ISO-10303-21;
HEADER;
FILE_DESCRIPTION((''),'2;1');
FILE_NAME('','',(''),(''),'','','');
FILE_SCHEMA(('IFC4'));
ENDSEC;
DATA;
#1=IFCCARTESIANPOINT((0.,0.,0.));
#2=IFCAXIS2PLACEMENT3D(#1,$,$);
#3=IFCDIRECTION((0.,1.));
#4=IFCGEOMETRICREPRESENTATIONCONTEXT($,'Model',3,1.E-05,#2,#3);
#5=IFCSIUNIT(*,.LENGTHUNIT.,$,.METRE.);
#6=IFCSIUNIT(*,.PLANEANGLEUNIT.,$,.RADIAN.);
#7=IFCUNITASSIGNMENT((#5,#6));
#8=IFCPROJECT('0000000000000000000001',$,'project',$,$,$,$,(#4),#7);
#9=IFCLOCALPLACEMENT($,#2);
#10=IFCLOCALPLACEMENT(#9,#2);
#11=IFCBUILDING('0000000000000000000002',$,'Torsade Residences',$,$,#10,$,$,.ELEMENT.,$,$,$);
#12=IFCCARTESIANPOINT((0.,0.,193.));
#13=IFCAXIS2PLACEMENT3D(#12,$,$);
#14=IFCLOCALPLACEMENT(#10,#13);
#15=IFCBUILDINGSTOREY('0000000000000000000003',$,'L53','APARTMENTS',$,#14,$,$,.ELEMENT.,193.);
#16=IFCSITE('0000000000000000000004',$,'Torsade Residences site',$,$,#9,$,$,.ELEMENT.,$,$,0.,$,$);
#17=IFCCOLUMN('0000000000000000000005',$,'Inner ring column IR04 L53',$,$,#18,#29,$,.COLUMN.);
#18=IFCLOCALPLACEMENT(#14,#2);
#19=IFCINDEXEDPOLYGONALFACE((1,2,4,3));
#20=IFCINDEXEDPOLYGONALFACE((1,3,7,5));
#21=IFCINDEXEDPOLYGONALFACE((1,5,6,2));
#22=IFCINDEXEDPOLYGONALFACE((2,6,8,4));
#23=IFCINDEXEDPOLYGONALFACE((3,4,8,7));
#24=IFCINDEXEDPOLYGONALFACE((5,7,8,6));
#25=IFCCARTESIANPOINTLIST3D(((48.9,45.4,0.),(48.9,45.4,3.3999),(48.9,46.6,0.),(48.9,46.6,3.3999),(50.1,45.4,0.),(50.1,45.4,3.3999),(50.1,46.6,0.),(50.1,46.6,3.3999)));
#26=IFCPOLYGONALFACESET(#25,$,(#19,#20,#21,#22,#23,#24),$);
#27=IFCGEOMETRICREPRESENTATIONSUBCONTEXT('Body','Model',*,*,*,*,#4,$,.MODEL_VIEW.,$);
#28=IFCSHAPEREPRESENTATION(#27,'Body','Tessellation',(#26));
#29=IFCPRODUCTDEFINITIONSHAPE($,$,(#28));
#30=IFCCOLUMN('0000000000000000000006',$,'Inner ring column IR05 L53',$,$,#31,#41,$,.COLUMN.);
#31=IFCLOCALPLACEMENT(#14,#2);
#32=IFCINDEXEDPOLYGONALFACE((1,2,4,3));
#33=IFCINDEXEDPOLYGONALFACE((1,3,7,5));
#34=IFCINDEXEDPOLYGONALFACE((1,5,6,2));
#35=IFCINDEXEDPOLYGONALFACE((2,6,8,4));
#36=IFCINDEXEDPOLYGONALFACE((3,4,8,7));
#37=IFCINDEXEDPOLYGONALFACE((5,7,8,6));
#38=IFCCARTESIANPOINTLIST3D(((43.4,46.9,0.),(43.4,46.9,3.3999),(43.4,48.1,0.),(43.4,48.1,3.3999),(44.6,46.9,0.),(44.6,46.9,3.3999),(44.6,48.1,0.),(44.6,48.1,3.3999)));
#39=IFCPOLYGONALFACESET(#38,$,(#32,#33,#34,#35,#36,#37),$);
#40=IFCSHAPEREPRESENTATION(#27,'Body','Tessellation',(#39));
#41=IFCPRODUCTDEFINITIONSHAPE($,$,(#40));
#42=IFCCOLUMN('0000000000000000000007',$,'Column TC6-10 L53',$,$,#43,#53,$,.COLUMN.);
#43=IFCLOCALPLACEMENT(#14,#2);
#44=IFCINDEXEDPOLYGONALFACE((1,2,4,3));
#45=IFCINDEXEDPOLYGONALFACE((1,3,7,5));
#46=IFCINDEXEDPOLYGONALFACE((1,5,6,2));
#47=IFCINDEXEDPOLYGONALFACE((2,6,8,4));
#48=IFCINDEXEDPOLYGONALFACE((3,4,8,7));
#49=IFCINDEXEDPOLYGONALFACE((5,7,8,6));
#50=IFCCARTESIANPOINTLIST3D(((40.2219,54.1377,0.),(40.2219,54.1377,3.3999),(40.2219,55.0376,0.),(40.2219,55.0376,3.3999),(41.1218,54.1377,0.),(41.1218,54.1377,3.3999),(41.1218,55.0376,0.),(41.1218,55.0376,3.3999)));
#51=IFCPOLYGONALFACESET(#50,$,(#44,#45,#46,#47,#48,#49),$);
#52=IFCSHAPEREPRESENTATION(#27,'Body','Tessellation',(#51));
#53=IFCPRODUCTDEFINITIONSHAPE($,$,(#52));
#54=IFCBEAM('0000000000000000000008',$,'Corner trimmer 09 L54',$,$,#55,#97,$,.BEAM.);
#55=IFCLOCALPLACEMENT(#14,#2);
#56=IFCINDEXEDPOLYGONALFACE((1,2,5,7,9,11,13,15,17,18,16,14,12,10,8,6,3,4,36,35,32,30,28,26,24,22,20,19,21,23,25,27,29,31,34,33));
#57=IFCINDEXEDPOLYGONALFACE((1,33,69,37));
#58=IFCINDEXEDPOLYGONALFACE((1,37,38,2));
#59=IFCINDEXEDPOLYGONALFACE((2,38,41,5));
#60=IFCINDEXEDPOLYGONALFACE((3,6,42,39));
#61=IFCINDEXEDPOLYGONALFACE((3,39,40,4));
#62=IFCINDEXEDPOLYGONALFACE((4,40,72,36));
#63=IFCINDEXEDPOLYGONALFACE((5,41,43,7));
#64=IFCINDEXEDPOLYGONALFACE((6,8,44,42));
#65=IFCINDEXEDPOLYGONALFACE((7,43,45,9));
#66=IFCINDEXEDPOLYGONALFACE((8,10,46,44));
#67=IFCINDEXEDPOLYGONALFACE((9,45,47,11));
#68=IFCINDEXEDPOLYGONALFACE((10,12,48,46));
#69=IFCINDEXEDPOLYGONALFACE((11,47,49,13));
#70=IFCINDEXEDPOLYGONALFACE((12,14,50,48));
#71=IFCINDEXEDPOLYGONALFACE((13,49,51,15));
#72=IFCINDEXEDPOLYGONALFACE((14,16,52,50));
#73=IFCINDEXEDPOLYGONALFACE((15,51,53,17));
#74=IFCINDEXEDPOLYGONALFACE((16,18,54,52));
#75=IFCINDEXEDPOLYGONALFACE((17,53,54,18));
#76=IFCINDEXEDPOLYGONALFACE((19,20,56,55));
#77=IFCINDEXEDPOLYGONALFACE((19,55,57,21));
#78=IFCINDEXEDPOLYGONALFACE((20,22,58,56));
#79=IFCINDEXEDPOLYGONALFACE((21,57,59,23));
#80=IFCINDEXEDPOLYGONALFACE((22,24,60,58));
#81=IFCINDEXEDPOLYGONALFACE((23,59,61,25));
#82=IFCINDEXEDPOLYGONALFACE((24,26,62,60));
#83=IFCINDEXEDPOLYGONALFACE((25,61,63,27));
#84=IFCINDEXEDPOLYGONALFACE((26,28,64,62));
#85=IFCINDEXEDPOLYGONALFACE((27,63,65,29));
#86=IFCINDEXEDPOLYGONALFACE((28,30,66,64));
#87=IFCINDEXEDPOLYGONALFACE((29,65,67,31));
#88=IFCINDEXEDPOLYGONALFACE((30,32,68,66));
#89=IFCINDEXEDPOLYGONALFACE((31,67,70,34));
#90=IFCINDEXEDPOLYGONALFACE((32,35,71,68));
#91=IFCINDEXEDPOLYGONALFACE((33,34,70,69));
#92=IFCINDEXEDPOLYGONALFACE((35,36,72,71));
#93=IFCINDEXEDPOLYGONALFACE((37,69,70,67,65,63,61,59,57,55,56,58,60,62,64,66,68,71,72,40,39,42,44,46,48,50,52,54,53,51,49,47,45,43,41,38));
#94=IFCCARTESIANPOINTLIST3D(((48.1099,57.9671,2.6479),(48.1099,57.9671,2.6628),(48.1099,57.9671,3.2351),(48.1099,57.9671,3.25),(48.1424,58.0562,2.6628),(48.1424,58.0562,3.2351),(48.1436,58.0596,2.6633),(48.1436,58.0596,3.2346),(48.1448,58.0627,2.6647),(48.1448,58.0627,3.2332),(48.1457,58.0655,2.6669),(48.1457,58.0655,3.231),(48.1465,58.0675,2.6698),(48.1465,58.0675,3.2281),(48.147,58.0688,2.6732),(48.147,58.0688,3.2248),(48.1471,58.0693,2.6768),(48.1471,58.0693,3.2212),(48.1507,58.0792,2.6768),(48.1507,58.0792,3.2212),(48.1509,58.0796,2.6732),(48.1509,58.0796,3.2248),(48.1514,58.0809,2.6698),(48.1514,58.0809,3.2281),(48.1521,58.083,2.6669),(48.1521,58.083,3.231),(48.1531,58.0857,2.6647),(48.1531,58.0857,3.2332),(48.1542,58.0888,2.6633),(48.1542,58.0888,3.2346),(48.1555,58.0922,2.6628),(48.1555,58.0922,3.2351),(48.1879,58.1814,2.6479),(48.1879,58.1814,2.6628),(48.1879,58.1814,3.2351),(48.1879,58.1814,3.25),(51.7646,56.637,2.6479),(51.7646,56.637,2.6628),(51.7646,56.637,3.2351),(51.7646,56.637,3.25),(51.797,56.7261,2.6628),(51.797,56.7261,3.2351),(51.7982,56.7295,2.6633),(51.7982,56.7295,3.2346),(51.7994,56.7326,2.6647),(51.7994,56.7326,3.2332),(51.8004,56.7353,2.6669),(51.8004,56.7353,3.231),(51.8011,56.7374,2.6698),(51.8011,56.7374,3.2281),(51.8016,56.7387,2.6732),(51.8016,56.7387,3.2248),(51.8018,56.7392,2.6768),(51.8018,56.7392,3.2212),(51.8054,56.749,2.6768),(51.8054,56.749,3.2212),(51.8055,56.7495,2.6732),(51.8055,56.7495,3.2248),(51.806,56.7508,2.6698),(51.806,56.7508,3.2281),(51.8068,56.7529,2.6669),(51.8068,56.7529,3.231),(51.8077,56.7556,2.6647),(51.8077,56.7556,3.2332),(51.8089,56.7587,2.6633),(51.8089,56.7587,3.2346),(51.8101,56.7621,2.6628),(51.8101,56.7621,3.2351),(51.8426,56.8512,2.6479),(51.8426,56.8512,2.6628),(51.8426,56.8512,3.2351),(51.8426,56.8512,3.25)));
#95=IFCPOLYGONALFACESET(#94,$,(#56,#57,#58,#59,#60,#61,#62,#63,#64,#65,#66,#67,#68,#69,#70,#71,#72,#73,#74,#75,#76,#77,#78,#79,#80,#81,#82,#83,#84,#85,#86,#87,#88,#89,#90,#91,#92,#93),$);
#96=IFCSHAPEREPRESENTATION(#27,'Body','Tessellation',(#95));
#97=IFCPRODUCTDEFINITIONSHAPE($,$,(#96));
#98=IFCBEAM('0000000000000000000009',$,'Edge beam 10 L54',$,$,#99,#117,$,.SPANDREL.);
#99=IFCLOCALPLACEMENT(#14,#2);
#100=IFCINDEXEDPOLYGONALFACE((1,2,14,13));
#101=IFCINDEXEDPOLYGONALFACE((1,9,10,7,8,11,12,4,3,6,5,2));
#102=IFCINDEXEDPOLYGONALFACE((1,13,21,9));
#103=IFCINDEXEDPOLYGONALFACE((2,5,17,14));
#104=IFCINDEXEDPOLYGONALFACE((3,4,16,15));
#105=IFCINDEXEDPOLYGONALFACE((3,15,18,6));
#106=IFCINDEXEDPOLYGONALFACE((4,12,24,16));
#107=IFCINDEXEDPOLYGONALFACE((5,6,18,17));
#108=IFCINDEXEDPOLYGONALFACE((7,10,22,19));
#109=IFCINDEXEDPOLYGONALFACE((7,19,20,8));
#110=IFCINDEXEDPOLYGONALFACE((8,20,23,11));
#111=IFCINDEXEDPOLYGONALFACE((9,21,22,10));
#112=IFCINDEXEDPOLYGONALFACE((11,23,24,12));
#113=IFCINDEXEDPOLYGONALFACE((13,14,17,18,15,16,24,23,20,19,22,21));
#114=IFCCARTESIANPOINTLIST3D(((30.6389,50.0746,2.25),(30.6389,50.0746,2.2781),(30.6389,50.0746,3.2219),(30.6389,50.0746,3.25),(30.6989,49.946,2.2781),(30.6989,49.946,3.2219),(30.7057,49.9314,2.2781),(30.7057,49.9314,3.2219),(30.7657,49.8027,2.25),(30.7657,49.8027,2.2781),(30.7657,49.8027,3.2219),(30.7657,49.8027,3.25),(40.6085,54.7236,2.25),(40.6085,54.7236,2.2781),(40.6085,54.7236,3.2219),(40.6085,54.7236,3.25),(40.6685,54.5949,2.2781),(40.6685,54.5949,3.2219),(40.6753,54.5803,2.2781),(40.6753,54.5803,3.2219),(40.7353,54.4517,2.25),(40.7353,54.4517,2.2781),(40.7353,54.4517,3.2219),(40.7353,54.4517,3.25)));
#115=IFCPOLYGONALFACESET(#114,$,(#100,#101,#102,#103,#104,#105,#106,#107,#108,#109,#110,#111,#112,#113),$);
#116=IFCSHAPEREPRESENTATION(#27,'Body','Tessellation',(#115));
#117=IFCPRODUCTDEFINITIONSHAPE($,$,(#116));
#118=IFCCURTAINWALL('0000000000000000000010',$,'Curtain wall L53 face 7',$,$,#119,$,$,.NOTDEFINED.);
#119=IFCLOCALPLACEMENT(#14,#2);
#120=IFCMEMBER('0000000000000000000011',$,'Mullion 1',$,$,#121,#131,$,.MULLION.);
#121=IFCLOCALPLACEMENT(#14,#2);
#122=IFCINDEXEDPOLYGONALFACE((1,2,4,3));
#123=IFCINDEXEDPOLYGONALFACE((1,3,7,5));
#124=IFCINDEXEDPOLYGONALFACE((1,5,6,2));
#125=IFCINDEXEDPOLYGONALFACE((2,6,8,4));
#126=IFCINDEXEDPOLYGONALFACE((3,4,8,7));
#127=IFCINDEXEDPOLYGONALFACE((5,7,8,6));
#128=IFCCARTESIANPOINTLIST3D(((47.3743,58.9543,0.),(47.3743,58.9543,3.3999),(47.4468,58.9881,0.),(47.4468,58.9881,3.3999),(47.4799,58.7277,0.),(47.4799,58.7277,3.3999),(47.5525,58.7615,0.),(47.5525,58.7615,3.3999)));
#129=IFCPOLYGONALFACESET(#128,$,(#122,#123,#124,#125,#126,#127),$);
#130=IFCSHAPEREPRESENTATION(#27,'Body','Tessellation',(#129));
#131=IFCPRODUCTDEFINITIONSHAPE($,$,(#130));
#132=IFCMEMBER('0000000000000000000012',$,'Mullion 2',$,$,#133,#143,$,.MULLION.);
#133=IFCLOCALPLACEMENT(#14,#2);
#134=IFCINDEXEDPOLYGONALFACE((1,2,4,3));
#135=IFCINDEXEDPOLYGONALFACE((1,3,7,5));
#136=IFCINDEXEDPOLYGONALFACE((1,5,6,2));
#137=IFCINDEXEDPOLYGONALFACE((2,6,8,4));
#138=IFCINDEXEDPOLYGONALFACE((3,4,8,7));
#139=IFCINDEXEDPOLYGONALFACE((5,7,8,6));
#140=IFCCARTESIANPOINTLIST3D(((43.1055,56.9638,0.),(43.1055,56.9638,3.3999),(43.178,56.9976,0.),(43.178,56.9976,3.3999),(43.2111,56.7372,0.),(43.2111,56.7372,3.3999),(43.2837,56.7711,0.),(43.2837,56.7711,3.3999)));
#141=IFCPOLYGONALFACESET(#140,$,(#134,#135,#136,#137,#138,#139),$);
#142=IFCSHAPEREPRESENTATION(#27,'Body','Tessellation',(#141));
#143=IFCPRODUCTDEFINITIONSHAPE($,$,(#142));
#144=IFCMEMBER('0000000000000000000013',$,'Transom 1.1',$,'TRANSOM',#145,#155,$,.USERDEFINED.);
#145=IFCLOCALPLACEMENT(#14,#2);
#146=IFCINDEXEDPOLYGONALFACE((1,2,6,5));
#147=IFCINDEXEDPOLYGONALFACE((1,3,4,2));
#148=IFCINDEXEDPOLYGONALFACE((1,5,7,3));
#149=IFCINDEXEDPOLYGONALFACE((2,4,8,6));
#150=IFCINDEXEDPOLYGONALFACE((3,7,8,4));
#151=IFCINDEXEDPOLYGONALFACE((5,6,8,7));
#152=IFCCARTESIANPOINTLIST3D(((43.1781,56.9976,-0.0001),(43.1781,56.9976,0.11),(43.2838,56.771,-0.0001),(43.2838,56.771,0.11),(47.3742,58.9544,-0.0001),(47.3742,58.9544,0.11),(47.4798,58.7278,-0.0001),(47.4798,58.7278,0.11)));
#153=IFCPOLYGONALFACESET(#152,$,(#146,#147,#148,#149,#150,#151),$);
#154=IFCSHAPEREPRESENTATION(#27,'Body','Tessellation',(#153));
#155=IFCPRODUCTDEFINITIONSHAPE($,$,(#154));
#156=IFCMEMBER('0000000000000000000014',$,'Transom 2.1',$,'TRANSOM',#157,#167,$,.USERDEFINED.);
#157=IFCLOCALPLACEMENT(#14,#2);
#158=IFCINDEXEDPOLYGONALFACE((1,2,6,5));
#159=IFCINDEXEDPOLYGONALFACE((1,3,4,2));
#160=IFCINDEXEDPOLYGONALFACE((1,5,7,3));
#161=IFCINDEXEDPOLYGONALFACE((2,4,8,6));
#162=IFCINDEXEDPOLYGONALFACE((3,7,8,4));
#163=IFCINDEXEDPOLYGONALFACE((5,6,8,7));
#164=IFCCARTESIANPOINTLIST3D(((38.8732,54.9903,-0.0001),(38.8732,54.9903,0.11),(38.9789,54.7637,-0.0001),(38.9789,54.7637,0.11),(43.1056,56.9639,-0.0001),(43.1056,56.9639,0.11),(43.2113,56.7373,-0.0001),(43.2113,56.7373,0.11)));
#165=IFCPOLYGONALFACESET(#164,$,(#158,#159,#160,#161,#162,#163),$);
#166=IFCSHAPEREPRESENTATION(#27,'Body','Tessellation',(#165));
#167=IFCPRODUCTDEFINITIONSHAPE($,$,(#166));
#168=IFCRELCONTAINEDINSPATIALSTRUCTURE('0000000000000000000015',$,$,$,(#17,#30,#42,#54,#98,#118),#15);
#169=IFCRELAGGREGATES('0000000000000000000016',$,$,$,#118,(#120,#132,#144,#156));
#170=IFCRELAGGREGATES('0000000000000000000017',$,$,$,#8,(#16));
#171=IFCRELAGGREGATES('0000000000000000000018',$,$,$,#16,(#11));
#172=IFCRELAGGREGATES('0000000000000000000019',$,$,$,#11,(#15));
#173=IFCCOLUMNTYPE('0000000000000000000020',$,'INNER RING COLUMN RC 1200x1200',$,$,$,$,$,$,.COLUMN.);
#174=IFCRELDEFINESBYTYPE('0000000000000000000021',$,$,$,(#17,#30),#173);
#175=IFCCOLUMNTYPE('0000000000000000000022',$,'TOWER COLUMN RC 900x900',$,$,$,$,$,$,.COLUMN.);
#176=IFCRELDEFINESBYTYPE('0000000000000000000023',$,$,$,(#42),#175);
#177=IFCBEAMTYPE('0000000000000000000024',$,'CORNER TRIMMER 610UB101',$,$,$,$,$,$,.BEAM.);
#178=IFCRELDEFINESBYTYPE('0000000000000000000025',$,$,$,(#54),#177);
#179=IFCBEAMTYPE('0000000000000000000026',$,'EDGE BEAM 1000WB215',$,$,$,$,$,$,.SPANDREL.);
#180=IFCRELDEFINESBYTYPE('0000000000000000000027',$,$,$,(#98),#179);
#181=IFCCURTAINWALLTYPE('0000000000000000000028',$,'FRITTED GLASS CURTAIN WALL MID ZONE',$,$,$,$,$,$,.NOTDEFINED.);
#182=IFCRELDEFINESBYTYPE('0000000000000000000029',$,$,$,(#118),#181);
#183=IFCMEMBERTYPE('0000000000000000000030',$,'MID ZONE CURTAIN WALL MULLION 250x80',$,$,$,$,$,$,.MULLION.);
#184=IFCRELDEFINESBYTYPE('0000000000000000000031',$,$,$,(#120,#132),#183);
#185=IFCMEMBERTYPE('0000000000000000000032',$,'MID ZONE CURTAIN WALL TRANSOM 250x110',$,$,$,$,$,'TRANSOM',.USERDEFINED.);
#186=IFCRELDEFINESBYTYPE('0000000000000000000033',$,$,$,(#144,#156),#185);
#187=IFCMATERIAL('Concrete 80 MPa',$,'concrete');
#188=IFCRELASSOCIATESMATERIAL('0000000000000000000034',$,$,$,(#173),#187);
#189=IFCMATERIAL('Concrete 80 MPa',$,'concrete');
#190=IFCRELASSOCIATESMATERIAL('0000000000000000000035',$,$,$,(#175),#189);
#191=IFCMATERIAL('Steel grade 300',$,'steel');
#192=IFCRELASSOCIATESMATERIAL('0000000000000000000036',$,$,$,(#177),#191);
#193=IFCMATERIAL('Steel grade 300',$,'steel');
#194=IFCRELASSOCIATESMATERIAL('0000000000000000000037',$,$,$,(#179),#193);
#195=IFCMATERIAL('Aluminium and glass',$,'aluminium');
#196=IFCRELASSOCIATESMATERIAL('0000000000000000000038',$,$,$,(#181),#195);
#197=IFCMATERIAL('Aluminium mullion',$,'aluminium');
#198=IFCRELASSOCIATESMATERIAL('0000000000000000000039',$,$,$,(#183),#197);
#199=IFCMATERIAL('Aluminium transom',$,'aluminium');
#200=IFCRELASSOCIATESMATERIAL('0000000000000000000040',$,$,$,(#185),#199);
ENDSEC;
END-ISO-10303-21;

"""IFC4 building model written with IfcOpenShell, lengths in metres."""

from ifc_helpers import new_model, si_unit, direction, frame, origin, origin_2d, place, context, subcontext, project, spatial, rectangle, i_section, extrude, material, material_profile, profile_set, type_object, element, aggregate, save


model = new_model("IFC4")

# Units and contexts
model_context = context("Model", 3, precision=1e-05, world=origin(), true_north=direction((0.0, 1.0)))
body_context = subcontext(model_context, "Body", "Model", "MODEL_VIEW")
ifc_project = project(units=[si_unit("LENGTHUNIT", "METRE"), si_unit("PLANEANGLEUNIT", "RADIAN")], contexts=[model_context])

# Site, building, storey
site_placement = place(None, origin())
site = spatial("IfcSite", under=ifc_project, at=site_placement, Name="Torsade Residences site", CompositionType="ELEMENT", RefElevation=0.0)
building_placement = place(site_placement, origin())
building = spatial("IfcBuilding", under=site, at=building_placement, Name="Torsade Residences", CompositionType="ELEMENT")
storey_placement = place(building_placement, frame((0.0, 0.0, 193.0)))
storey = spatial("IfcBuildingStorey", under=building, at=storey_placement, Name="L53", Description="APARTMENTS", CompositionType="ELEMENT", Elevation=193.0)

# Columns
ifc_material_1 = material(Name="Concrete 80 MPa", Category="concrete")
ifc_material_profile_1 = material_profile(ifc_material_1, rectangle(XDim=1.2, YDim=1.2, at=origin_2d()), Name="RC 1200x1200")
ifc_profile_set_1 = profile_set([ifc_material_profile_1], Name="Concrete 80 MPa")
column_type_1 = type_object("IfcColumnType", Name="INNER RING COLUMN RC 1200x1200", PredefinedType="COLUMN", material=ifc_profile_set_1)
for number, where, z_axis, x_axis, name in (
    (1, (49.5, 46.0, 0.0), (0.0, 0.0, 1.0), (1.0, 0.0, 0.0), "Inner ring column IR04 L53"),
    (2, (44.0, 47.5, 0.0), (0.0, 0.0, 1.0), (1.0, 0.0, 0.0), "Inner ring column IR05 L53"),
):
    element("IfcColumn", number, at=place(storey_placement, frame(where, z_axis=z_axis, x_axis=x_axis)), inside=storey, type_object=column_type_1, Name=name, PredefinedType="COLUMN", context=body_context, shape_type="SweptSolid", body=[
        extrude(rectangle(XDim=1.2, YDim=1.2, at=origin_2d()), origin(), (0.0, 0.0, 1.0), 3.3999),
    ])
ifc_material_2 = material(Name="Concrete 80 MPa", Category="concrete")
ifc_material_profile_2 = material_profile(ifc_material_2, rectangle(XDim=0.8999, YDim=0.8999, at=origin_2d()), Name="RC 900x900")
ifc_profile_set_2 = profile_set([ifc_material_profile_2], Name="Concrete 80 MPa")
column_type_2 = type_object("IfcColumnType", Name="TOWER COLUMN RC 900x900", PredefinedType="COLUMN", material=ifc_profile_set_2)
column_placement = place(storey_placement, frame((40.6719, 54.5876, 0.0), z_axis=(0.0, 0.0, 1.0), x_axis=(1.0, 0.0, 0.0)))
element("IfcColumn", 3, at=column_placement, inside=storey, type_object=column_type_2, Name="Column TC6-10 L53", PredefinedType="COLUMN", context=body_context, shape_type="SweptSolid", body=[
    extrude(rectangle(XDim=0.8999, YDim=0.8999, at=origin_2d()), origin(), (0.0, 0.0, 1.0), 3.3999),
])

# Beams
ifc_material_3 = material(Name="Steel grade 300", Category="steel")
ifc_material_profile_3 = material_profile(ifc_material_3, i_section(OverallWidth=0.228, OverallDepth=0.6021, WebThickness=0.0105, FlangeThickness=0.0149, FilletRadius=0.0139, at=origin_2d()), Name="610UB101")
ifc_profile_set_3 = profile_set([ifc_material_profile_3], Name="Steel grade 300")
beam_type_1 = type_object("IfcBeamType", Name="CORNER TRIMMER 610UB101", PredefinedType="BEAM", material=ifc_profile_set_3)
beam_1_placement = place(storey_placement, frame((48.1489, 58.0742, 2.949), z_axis=(0.939698, -0.342005, 0.0), x_axis=(0.342005, 0.939698, 0.0)))
element("IfcBeam", 4, at=beam_1_placement, inside=storey, type_object=beam_type_1, Name="Corner trimmer 09 L54", PredefinedType="BEAM", context=body_context, shape_type="SweptSolid", body=[
    extrude(i_section(OverallWidth=0.228, OverallDepth=0.6021, WebThickness=0.0105, FlangeThickness=0.0149, FilletRadius=0.0139, at=origin_2d()), origin(), (0.0, 0.0, 1.0), 3.8892),
])
ifc_material_4 = material(Name="Steel grade 300", Category="steel")
ifc_material_profile_4 = material_profile(ifc_material_4, i_section(OverallWidth=0.3, OverallDepth=1.0, WebThickness=0.0161, FlangeThickness=0.0281, at=origin_2d()), Name="1000WB215")
ifc_profile_set_4 = profile_set([ifc_material_profile_4], Name="Steel grade 300")
beam_type_2 = type_object("IfcBeamType", Name="EDGE BEAM 1000WB215", PredefinedType="SPANDREL", material=ifc_profile_set_4)
beam_2_placement = place(storey_placement, frame((40.6719, 54.5876, 2.75), z_axis=(-0.906305, -0.422624, 0.0), x_axis=(0.422624, -0.906305, 0.0)))
element("IfcBeam", 5, at=beam_2_placement, inside=storey, type_object=beam_type_2, Name="Edge beam 10 L54", PredefinedType="SPANDREL", context=body_context, shape_type="SweptSolid", body=[
    extrude(i_section(OverallWidth=0.3, OverallDepth=1.0, WebThickness=0.0161, FlangeThickness=0.0281, at=origin_2d()), origin(), (0.0, 0.0, 1.0), 11.0002),
])

# Curtain wall, members
ifc_material_5 = material(Name="Aluminium and glass", Category="aluminium")
curtain_wall_type = type_object("IfcCurtainWallType", Name="FRITTED GLASS CURTAIN WALL MID ZONE", PredefinedType="NOTDEFINED", material=ifc_material_5)
curtain_wall_placement = place(storey_placement, origin())
curtain_wall = element("IfcCurtainWall", 6, at=curtain_wall_placement, inside=storey, type_object=curtain_wall_type, Name="Curtain wall L53 face 7", PredefinedType="NOTDEFINED")
ifc_material_6 = material(Name="Aluminium mullion", Category="aluminium")
ifc_material_profile_5 = material_profile(ifc_material_6, rectangle(XDim=0.25, YDim=0.0801, at=origin_2d()), Name="MID ZONE CURTAIN WALL MULLION 250x80")
ifc_profile_set_5 = profile_set([ifc_material_profile_5], Name="Aluminium mullion")
member_type_1 = type_object("IfcMemberType", Name="MID ZONE CURTAIN WALL MULLION 250x80", PredefinedType="MULLION", material=ifc_profile_set_5)
member_1_placement = place(storey_placement, frame((47.4634, 58.8579, 0.0), z_axis=(0.0, 0.0, 1.0), x_axis=(0.422618, -0.906308, 0.0)))
member_1 = element("IfcMember", 7, at=member_1_placement, type_object=member_type_1, Name="Mullion 1", PredefinedType="MULLION", context=body_context, shape_type="SweptSolid", body=[
    extrude(rectangle(XDim=0.25, YDim=0.0801, at=origin_2d()), origin(), (0.0, 0.0, 1.0), 3.3999),
])
member_2_placement = place(storey_placement, frame((43.1946, 56.8674, 0.0), z_axis=(0.0, 0.0, 1.0), x_axis=(0.422618, -0.906308, 0.0)))
member_2 = element("IfcMember", 8, at=member_2_placement, type_object=member_type_1, Name="Mullion 2", PredefinedType="MULLION", context=body_context, shape_type="SweptSolid", body=[
    extrude(rectangle(XDim=0.25, YDim=0.0801, at=origin_2d()), origin(), (0.0, 0.0, 1.0), 3.3999),
])
ifc_material_7 = material(Name="Aluminium transom", Category="aluminium")
ifc_material_profile_6 = material_profile(ifc_material_7, rectangle(XDim=0.25, YDim=0.1101, at=origin_2d()), Name="MID ZONE CURTAIN WALL TRANSOM 250x110")
ifc_profile_set_6 = profile_set([ifc_material_profile_6], Name="Aluminium transom")
member_type_2 = type_object("IfcMemberType", Name="MID ZONE CURTAIN WALL TRANSOM 250x110", ElementType="TRANSOM", PredefinedType="USERDEFINED", material=ifc_profile_set_6)
member_3_placement = place(storey_placement, frame((47.427, 58.8411, 0.0549), z_axis=(-0.906296, -0.422643, 0.0), x_axis=(0.422643, -0.906296, 0.0)))
member_3 = element("IfcMember", 9, at=member_3_placement, type_object=member_type_2, Name="Transom 1.1", ObjectType="TRANSOM", PredefinedType="USERDEFINED", context=body_context, shape_type="SweptSolid", body=[
    extrude(rectangle(XDim=0.25, YDim=0.1101, at=origin_2d()), origin(), (0.0, 0.0, 1.0), 4.6299),
])
member_4_placement = place(storey_placement, frame((43.1584, 56.8506, 0.0549), z_axis=(-0.906306, -0.422622, 0.0), x_axis=(0.422622, -0.906306, 0.0)))
member_4 = element("IfcMember", 10, at=member_4_placement, type_object=member_type_2, Name="Transom 2.1", ObjectType="TRANSOM", PredefinedType="USERDEFINED", context=body_context, shape_type="SweptSolid", body=[
    extrude(rectangle(XDim=0.25, YDim=0.1101, at=origin_2d()), origin(), (0.0, 0.0, 1.0), 4.6699),
])

aggregate(curtain_wall, [member_1, member_2, member_3, member_4])

save(model, "model.ifc")
